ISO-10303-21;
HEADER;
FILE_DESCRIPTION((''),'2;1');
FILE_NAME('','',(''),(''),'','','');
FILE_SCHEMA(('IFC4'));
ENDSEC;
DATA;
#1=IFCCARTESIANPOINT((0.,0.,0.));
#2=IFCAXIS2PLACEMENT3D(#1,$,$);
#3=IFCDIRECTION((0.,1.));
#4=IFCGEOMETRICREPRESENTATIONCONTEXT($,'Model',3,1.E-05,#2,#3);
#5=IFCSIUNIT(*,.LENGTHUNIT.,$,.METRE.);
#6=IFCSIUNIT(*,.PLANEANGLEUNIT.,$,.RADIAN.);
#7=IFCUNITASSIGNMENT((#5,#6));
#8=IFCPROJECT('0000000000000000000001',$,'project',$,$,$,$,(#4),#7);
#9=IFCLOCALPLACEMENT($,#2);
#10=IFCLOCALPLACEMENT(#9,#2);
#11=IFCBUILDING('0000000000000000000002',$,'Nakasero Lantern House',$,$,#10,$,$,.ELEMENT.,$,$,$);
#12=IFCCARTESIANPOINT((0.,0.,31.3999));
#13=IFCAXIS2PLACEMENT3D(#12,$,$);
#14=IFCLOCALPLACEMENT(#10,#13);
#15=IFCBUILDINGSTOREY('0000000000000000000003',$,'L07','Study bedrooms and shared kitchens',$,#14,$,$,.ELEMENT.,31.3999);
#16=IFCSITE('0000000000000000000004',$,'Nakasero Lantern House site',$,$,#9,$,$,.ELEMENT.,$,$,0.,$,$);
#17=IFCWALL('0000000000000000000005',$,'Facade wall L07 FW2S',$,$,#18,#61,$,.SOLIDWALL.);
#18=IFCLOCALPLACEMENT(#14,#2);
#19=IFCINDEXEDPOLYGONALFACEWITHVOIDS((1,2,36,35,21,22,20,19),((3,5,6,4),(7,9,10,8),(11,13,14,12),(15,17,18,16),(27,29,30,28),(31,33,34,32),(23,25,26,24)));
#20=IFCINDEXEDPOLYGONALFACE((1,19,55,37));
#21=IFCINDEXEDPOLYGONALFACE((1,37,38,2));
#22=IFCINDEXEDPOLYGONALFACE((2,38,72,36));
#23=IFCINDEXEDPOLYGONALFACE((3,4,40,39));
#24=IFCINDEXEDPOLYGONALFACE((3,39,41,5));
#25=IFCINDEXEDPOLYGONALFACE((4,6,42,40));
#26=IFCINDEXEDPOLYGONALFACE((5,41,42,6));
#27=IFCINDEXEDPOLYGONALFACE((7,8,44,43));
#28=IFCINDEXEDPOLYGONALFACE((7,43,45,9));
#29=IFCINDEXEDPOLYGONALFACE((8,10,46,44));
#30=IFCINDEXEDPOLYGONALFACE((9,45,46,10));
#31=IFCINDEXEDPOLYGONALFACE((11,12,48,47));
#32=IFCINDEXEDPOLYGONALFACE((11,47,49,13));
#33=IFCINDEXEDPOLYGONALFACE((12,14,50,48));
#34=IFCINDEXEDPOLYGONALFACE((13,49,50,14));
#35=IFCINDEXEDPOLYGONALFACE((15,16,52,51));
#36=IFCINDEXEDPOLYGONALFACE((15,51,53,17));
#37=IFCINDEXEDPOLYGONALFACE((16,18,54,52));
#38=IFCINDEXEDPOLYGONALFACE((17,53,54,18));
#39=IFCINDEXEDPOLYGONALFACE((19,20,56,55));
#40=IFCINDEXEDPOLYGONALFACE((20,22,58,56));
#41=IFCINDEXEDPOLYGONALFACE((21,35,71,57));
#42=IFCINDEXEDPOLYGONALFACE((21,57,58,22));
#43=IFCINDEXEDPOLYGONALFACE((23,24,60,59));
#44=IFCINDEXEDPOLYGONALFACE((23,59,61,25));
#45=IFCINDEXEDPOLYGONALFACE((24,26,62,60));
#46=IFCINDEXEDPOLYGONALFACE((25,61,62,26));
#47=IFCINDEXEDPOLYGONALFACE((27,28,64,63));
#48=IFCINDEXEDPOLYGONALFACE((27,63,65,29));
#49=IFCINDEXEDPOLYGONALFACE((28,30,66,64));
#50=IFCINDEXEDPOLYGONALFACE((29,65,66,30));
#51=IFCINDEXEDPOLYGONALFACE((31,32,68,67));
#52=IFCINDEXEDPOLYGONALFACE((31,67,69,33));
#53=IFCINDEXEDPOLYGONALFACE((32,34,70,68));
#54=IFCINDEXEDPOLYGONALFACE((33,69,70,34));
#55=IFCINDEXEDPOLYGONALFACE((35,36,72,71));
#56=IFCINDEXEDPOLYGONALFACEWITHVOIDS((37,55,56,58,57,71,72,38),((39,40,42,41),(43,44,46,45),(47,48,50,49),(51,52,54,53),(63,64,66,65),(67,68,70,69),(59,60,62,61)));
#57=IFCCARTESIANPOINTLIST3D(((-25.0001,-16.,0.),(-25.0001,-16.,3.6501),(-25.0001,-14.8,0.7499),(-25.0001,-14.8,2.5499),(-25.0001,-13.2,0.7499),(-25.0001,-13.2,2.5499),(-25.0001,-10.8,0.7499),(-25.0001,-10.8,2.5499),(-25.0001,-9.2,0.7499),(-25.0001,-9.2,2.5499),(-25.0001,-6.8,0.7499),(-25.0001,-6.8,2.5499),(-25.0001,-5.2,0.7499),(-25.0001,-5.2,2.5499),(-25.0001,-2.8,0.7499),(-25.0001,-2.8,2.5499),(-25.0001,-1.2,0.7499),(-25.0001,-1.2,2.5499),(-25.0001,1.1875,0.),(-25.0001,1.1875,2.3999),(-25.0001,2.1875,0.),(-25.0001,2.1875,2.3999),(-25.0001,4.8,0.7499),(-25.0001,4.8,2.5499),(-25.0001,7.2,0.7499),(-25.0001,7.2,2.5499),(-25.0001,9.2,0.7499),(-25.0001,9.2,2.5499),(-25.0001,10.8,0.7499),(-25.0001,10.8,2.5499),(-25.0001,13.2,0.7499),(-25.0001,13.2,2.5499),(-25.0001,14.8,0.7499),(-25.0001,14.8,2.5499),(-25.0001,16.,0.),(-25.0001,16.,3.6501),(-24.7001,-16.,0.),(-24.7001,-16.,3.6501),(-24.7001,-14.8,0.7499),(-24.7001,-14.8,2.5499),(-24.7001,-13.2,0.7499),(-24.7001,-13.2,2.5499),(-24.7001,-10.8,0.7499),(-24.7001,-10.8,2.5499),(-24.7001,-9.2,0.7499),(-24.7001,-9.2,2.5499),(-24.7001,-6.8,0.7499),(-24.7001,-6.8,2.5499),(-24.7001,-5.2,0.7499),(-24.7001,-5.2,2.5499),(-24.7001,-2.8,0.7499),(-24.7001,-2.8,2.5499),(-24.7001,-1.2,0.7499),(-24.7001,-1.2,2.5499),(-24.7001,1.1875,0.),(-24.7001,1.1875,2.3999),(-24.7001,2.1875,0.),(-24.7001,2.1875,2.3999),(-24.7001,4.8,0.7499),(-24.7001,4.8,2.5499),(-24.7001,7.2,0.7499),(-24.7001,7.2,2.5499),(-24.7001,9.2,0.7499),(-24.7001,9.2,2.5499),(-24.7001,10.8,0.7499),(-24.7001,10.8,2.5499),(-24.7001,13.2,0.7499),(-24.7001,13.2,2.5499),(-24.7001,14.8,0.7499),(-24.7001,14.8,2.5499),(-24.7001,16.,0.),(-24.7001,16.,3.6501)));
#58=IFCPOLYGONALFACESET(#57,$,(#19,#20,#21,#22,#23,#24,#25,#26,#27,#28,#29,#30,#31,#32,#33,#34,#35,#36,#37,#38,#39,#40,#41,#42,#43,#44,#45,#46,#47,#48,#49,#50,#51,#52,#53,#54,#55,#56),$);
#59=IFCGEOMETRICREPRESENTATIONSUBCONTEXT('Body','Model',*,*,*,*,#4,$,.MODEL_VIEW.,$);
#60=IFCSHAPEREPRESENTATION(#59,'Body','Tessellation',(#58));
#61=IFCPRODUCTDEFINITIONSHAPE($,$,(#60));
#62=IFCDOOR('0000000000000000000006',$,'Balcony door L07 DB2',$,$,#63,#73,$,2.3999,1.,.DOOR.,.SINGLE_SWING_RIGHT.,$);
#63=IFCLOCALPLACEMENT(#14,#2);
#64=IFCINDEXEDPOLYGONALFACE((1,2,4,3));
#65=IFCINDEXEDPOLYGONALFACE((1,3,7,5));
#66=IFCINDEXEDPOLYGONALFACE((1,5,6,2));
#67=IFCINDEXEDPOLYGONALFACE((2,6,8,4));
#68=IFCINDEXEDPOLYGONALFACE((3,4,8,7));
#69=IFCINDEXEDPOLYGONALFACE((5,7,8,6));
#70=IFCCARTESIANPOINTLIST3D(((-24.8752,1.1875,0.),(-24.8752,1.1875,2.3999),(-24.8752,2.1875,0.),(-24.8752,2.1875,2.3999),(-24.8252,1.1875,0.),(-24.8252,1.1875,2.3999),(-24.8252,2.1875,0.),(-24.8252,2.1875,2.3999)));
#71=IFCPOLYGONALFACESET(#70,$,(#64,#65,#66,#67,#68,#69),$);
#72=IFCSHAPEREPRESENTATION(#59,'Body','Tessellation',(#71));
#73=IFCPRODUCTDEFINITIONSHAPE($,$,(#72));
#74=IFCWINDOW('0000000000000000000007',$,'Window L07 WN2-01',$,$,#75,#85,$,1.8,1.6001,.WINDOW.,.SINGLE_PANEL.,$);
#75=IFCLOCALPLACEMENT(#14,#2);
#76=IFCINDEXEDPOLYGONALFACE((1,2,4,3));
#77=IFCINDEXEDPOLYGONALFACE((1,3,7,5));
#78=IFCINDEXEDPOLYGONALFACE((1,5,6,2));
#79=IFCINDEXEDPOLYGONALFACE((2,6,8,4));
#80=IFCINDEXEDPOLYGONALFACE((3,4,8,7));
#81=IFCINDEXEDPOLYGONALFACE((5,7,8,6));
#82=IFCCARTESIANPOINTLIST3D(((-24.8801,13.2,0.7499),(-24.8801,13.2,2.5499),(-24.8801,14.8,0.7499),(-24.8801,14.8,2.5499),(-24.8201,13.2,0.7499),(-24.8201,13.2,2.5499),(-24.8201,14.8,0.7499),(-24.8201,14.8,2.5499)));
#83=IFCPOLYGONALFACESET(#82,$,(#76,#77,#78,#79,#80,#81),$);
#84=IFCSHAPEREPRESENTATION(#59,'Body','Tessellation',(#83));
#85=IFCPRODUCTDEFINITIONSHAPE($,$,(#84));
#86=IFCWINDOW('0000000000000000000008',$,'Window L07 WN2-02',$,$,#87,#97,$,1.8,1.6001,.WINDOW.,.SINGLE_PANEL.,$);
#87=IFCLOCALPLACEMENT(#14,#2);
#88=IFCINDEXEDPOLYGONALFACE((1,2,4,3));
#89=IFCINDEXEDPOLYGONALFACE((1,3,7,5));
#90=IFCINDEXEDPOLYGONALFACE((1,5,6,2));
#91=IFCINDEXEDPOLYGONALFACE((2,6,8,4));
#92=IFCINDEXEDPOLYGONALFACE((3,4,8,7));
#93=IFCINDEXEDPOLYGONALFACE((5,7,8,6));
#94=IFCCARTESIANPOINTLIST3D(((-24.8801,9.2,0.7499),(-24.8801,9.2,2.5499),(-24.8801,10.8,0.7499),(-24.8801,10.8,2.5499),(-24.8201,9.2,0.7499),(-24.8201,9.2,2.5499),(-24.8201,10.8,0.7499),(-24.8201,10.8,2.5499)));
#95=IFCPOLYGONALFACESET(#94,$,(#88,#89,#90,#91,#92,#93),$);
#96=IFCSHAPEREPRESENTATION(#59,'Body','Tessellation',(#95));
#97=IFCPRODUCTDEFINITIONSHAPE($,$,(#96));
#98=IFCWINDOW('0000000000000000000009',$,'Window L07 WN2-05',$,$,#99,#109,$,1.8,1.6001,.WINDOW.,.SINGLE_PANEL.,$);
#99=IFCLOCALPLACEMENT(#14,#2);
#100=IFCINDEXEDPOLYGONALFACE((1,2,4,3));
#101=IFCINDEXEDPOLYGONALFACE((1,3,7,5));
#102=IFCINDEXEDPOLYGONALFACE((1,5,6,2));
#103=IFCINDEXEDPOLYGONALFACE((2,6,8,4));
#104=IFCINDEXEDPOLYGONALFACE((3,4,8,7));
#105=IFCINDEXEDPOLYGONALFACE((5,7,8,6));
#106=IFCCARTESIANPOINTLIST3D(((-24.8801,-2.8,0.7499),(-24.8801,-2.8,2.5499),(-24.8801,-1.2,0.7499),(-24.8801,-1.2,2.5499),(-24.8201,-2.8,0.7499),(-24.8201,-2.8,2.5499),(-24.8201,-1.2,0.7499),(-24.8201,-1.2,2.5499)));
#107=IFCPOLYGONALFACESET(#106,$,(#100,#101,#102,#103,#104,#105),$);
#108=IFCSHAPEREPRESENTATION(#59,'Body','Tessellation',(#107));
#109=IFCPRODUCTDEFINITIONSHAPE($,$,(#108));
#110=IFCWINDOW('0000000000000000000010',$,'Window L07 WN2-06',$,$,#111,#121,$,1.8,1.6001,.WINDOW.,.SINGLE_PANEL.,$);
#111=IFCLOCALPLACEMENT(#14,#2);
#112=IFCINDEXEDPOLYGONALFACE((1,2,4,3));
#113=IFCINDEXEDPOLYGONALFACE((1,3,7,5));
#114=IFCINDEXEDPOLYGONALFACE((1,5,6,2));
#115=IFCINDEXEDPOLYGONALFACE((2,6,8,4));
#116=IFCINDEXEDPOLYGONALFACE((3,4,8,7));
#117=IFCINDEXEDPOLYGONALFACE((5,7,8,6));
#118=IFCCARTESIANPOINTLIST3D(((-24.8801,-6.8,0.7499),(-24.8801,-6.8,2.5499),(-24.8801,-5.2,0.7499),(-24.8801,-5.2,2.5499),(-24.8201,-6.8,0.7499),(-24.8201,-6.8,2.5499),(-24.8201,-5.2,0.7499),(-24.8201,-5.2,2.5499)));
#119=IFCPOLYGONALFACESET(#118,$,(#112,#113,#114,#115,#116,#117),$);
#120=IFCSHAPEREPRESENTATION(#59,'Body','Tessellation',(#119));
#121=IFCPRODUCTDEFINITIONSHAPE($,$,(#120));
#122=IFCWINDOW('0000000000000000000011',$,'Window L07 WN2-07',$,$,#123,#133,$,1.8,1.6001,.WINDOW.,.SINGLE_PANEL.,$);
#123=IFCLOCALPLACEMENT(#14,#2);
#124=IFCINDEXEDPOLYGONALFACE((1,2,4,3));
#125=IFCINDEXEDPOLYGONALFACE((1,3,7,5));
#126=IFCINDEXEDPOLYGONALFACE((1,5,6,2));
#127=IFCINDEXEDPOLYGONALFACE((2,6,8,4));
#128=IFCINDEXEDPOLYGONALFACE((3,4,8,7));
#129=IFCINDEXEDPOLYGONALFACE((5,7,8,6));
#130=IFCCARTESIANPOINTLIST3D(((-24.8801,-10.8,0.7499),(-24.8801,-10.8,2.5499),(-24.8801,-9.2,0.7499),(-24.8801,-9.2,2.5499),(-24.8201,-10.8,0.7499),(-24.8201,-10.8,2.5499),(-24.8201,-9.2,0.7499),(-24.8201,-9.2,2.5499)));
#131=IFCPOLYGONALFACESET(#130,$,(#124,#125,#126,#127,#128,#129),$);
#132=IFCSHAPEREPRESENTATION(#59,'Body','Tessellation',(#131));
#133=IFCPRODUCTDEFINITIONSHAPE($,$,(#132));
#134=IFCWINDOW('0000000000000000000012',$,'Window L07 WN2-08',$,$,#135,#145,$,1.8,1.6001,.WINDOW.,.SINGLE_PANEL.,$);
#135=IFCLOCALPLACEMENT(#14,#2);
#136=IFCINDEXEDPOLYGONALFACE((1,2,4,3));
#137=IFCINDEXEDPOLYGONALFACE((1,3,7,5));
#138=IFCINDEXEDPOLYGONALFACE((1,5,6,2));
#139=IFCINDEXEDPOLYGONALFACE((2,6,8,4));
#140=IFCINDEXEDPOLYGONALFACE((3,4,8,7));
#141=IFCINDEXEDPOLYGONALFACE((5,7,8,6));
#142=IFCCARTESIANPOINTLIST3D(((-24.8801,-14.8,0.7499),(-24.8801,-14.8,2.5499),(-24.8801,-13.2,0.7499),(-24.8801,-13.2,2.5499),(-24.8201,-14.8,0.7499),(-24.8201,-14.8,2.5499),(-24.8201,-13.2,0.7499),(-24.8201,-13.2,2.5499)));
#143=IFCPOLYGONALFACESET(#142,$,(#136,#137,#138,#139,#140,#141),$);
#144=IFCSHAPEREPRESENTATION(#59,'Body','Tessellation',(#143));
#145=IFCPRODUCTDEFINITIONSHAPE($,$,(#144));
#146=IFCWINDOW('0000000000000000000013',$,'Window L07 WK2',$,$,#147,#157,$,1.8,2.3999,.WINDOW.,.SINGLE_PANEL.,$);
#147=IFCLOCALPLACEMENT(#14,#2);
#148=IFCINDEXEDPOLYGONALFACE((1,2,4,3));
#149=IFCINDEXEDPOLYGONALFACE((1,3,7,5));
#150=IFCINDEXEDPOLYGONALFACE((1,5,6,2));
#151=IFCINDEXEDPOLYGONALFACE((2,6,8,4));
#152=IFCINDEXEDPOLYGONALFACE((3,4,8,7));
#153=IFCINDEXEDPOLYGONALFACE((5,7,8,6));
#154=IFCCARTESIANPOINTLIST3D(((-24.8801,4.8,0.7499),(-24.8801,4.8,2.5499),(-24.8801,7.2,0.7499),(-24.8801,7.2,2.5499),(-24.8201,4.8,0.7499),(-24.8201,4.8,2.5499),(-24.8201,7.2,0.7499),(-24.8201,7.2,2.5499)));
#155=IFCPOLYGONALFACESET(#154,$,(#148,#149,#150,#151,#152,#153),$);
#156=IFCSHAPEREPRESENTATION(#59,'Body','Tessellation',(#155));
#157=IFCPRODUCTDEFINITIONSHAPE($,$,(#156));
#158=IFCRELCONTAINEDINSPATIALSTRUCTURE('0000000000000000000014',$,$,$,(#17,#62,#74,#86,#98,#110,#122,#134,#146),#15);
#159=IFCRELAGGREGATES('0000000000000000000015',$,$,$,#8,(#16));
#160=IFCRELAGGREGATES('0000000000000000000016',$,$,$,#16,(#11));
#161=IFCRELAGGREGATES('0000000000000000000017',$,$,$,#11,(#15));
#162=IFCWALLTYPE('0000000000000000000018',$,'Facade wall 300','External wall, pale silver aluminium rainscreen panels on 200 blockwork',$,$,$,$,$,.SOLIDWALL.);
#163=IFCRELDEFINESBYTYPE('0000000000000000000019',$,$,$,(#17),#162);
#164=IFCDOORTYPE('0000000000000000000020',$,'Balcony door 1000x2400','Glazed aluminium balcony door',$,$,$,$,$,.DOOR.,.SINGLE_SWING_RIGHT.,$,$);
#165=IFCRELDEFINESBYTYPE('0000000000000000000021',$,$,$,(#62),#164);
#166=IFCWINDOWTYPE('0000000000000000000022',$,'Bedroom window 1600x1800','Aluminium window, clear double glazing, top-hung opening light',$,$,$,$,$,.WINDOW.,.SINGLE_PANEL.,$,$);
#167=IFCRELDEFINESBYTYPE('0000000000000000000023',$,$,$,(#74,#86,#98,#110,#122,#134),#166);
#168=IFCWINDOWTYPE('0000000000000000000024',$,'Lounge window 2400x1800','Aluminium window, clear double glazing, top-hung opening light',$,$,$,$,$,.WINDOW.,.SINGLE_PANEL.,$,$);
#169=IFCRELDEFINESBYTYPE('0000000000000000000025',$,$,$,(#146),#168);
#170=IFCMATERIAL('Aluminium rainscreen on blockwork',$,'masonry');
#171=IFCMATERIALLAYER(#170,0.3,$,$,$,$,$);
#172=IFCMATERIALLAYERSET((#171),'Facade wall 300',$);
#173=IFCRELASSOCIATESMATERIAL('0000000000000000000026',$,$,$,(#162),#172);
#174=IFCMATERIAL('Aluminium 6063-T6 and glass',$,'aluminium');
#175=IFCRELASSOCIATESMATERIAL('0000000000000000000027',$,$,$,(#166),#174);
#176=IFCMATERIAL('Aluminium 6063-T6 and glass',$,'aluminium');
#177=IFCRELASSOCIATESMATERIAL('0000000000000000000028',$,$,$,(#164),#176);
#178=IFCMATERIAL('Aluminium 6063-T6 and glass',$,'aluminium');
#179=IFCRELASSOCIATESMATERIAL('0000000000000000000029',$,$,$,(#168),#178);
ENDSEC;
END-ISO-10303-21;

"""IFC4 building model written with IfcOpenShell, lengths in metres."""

from ifc_helpers import new_model, si_unit, direction, frame, frame_2d, origin, place, context, subcontext, project, spatial, rectangle, extrude, material, layer, layer_set, type_object, element, fill, save


model = new_model("IFC4")

# Units and contexts
model_context = context("Model", 3, precision=1e-05, world=origin(), true_north=direction((0.0, 1.0)))
body_context = subcontext(model_context, "Body", "Model", "MODEL_VIEW")
ifc_project = project(units=[si_unit("LENGTHUNIT", "METRE"), si_unit("PLANEANGLEUNIT", "RADIAN")], contexts=[model_context])

# Site, building, storey
site_placement = place(None, origin())
site = spatial("IfcSite", under=ifc_project, at=site_placement, Name="Nakasero Lantern House site", CompositionType="ELEMENT", RefElevation=0.0)
building_placement = place(site_placement, origin())
building = spatial("IfcBuilding", under=site, at=building_placement, Name="Nakasero Lantern House", CompositionType="ELEMENT")
storey_placement = place(building_placement, frame((0.0, 0.0, 31.3999)))
storey = spatial("IfcBuildingStorey", under=building, at=storey_placement, Name="L07", Description="Study bedrooms and shared kitchens", CompositionType="ELEMENT", Elevation=31.3999)

# Shared definitions
ifc_material_1 = material(Name="Aluminium rainscreen on blockwork", Category="masonry")
ifc_layer_1 = layer(ifc_material_1, 0.3)
ifc_layer_set_1 = layer_set([ifc_layer_1], Name="Facade wall 300")
wall_type_1 = type_object("IfcWallType", Name="Facade wall 300", Description="External wall, pale silver aluminium rainscreen panels on 200 blockwork", PredefinedType="SOLIDWALL", material=ifc_layer_set_1)
ifc_material_2 = material(Name="Aluminium 6063-T6 and glass", Category="aluminium")
window_type_1 = type_object("IfcWindowType", Name="Bedroom window 1600x1800", Description="Aluminium window, clear double glazing, top-hung opening light", PartitioningType="SINGLE_PANEL", PredefinedType="WINDOW", material=ifc_material_2)

# Wall, openings, door, windows
wall_1_placement = place(storey_placement, frame((-24.8501, 16.0, 0.0), z_axis=(0.0, 0.0, 1.0), x_axis=(0.0, -1.0, 0.0)))
wall_1 = element("IfcWall", 1, at=wall_1_placement, inside=storey, type_object=wall_type_1, Name="Facade wall L07 FW2S", PredefinedType="SOLIDWALL", context=body_context, shape_type="SweptSolid", body=[
    extrude(rectangle(XDim=32.0, YDim=0.3, at=frame_2d((16.0, 0.0))), origin(), (0.0, 0.0, 1.0), 3.6501),
])
opening_1_placement = place(wall_1_placement, frame((1.2, 0.0, 0.75)))
opening_1 = element("IfcOpeningElement", 2, at=opening_1_placement, cuts=wall_1, PredefinedType="OPENING", context=body_context, shape_type="SweptSolid", body=[
    extrude(rectangle(XDim=1.6001, YDim=1.8, at=frame_2d((0.8, 0.8999))), frame((0.0, 0.1699, 0.0), z_axis=(0.0, -1.0, 0.0), x_axis=(1.0, 0.0, 0.0)), (0.0, 0.0, 1.0), 0.3401),
])
opening_2_placement = place(wall_1_placement, frame((5.2, 0.0, 0.75)))
opening_2 = element("IfcOpeningElement", 3, at=opening_2_placement, cuts=wall_1, PredefinedType="OPENING", context=body_context, shape_type="SweptSolid", body=[
    extrude(rectangle(XDim=1.6001, YDim=1.8, at=frame_2d((0.8, 0.8999))), frame((0.0, 0.1699, 0.0), z_axis=(0.0, -1.0, 0.0), x_axis=(1.0, 0.0, 0.0)), (0.0, 0.0, 1.0), 0.3401),
])
opening_3_placement = place(wall_1_placement, frame((17.2, 0.0, 0.75)))
opening_3 = element("IfcOpeningElement", 4, at=opening_3_placement, cuts=wall_1, PredefinedType="OPENING", context=body_context, shape_type="SweptSolid", body=[
    extrude(rectangle(XDim=1.6001, YDim=1.8, at=frame_2d((0.8, 0.8999))), frame((0.0, 0.1699, 0.0), z_axis=(0.0, -1.0, 0.0), x_axis=(1.0, 0.0, 0.0)), (0.0, 0.0, 1.0), 0.3401),
])
opening_4_placement = place(wall_1_placement, frame((21.2, 0.0, 0.75)))
opening_4 = element("IfcOpeningElement", 5, at=opening_4_placement, cuts=wall_1, PredefinedType="OPENING", context=body_context, shape_type="SweptSolid", body=[
    extrude(rectangle(XDim=1.6001, YDim=1.8, at=frame_2d((0.8, 0.8999))), frame((0.0, 0.1699, 0.0), z_axis=(0.0, -1.0, 0.0), x_axis=(1.0, 0.0, 0.0)), (0.0, 0.0, 1.0), 0.3401),
])
opening_5_placement = place(wall_1_placement, frame((25.2, 0.0, 0.75)))
opening_5 = element("IfcOpeningElement", 6, at=opening_5_placement, cuts=wall_1, PredefinedType="OPENING", context=body_context, shape_type="SweptSolid", body=[
    extrude(rectangle(XDim=1.6001, YDim=1.8, at=frame_2d((0.8, 0.8999))), frame((0.0, 0.1699, 0.0), z_axis=(0.0, -1.0, 0.0), x_axis=(1.0, 0.0, 0.0)), (0.0, 0.0, 1.0), 0.3401),
])
opening_6_placement = place(wall_1_placement, frame((29.2, 0.0, 0.75)))
opening_6 = element("IfcOpeningElement", 7, at=opening_6_placement, cuts=wall_1, PredefinedType="OPENING", context=body_context, shape_type="SweptSolid", body=[
    extrude(rectangle(XDim=1.6001, YDim=1.8, at=frame_2d((0.8, 0.8999))), frame((0.0, 0.1699, 0.0), z_axis=(0.0, -1.0, 0.0), x_axis=(1.0, 0.0, 0.0)), (0.0, 0.0, 1.0), 0.3401),
])
opening_7_placement = place(wall_1_placement, frame((8.8, 0.0, 0.75)))
opening_7 = element("IfcOpeningElement", 8, at=opening_7_placement, cuts=wall_1, PredefinedType="OPENING", context=body_context, shape_type="SweptSolid", body=[
    extrude(rectangle(XDim=2.3999, YDim=1.8, at=frame_2d((1.2, 0.8999))), frame((0.0, 0.1699, 0.0), z_axis=(0.0, -1.0, 0.0), x_axis=(1.0, 0.0, 0.0)), (0.0, 0.0, 1.0), 0.3401),
])
opening_8_placement = place(wall_1_placement, frame((13.8125, 0.0, 0.0)))
opening_8 = element("IfcOpeningElement", 9, at=opening_8_placement, cuts=wall_1, PredefinedType="OPENING", context=body_context, shape_type="SweptSolid", body=[
    extrude(rectangle(XDim=1.0, YDim=2.3999, at=frame_2d((0.5, 1.2))), frame((0.0, 0.1699, 0.0), z_axis=(0.0, -1.0, 0.0), x_axis=(1.0, 0.0, 0.0)), (0.0, 0.0, 1.0), 0.3401),
])
ifc_material_3 = material(Name="Aluminium 6063-T6 and glass", Category="aluminium")
door_type_1 = type_object("IfcDoorType", Name="Balcony door 1000x2400", Description="Glazed aluminium balcony door", OperationType="SINGLE_SWING_RIGHT", PredefinedType="DOOR", material=ifc_material_3)
door_1_placement = place(opening_8_placement, origin())
door_1 = element("IfcDoor", 10, at=door_1_placement, inside=storey, type_object=door_type_1, Name="Balcony door L07 DB2", OperationType="SINGLE_SWING_RIGHT", OverallHeight=2.3999, OverallWidth=1.0, PredefinedType="DOOR", context=body_context, shape_type="SweptSolid", body=[
    extrude(rectangle(XDim=1.0, YDim=2.3999, at=frame_2d((0.5, 1.2))), frame((0.0, 0.0249, 0.0), z_axis=(0.0, -1.0, 0.0), x_axis=(1.0, 0.0, 0.0)), (0.0, 0.0, 1.0), 0.05),
])
fill(opening_8, door_1)
window_1_placement = place(opening_1_placement, origin())
window_1 = element("IfcWindow", 11, at=window_1_placement, inside=storey, type_object=window_type_1, Name="Window L07 WN2-01", OverallHeight=1.8, OverallWidth=1.6001, PartitioningType="SINGLE_PANEL", PredefinedType="WINDOW", context=body_context, shape_type="SweptSolid", body=[
    extrude(rectangle(XDim=1.6001, YDim=1.8, at=frame_2d((0.8, 0.8999))), frame((0.0, 0.03, 0.0), z_axis=(0.0, -1.0, 0.0), x_axis=(1.0, 0.0, 0.0)), (0.0, 0.0, 1.0), 0.0601),
])
fill(opening_1, window_1)
window_2_placement = place(opening_2_placement, origin())
window_2 = element("IfcWindow", 12, at=window_2_placement, inside=storey, type_object=window_type_1, Name="Window L07 WN2-02", OverallHeight=1.8, OverallWidth=1.6001, PartitioningType="SINGLE_PANEL", PredefinedType="WINDOW", context=body_context, shape_type="SweptSolid", body=[
    extrude(rectangle(XDim=1.6001, YDim=1.8, at=frame_2d((0.8, 0.8999))), frame((0.0, 0.03, 0.0), z_axis=(0.0, -1.0, 0.0), x_axis=(1.0, 0.0, 0.0)), (0.0, 0.0, 1.0), 0.0601),
])
fill(opening_2, window_2)
window_3_placement = place(opening_3_placement, origin())
window_3 = element("IfcWindow", 13, at=window_3_placement, inside=storey, type_object=window_type_1, Name="Window L07 WN2-05", OverallHeight=1.8, OverallWidth=1.6001, PartitioningType="SINGLE_PANEL", PredefinedType="WINDOW", context=body_context, shape_type="SweptSolid", body=[
    extrude(rectangle(XDim=1.6001, YDim=1.8, at=frame_2d((0.8, 0.8999))), frame((0.0, 0.03, 0.0), z_axis=(0.0, -1.0, 0.0), x_axis=(1.0, 0.0, 0.0)), (0.0, 0.0, 1.0), 0.0601),
])
fill(opening_3, window_3)
window_4_placement = place(opening_4_placement, origin())
window_4 = element("IfcWindow", 14, at=window_4_placement, inside=storey, type_object=window_type_1, Name="Window L07 WN2-06", OverallHeight=1.8, OverallWidth=1.6001, PartitioningType="SINGLE_PANEL", PredefinedType="WINDOW", context=body_context, shape_type="SweptSolid", body=[
    extrude(rectangle(XDim=1.6001, YDim=1.8, at=frame_2d((0.8, 0.8999))), frame((0.0, 0.03, 0.0), z_axis=(0.0, -1.0, 0.0), x_axis=(1.0, 0.0, 0.0)), (0.0, 0.0, 1.0), 0.0601),
])
fill(opening_4, window_4)
window_5_placement = place(opening_5_placement, origin())
window_5 = element("IfcWindow", 15, at=window_5_placement, inside=storey, type_object=window_type_1, Name="Window L07 WN2-07", OverallHeight=1.8, OverallWidth=1.6001, PartitioningType="SINGLE_PANEL", PredefinedType="WINDOW", context=body_context, shape_type="SweptSolid", body=[
    extrude(rectangle(XDim=1.6001, YDim=1.8, at=frame_2d((0.8, 0.8999))), frame((0.0, 0.03, 0.0), z_axis=(0.0, -1.0, 0.0), x_axis=(1.0, 0.0, 0.0)), (0.0, 0.0, 1.0), 0.0601),
])
fill(opening_5, window_5)
window_6_placement = place(opening_6_placement, origin())
window_6 = element("IfcWindow", 16, at=window_6_placement, inside=storey, type_object=window_type_1, Name="Window L07 WN2-08", OverallHeight=1.8, OverallWidth=1.6001, PartitioningType="SINGLE_PANEL", PredefinedType="WINDOW", context=body_context, shape_type="SweptSolid", body=[
    extrude(rectangle(XDim=1.6001, YDim=1.8, at=frame_2d((0.8, 0.8999))), frame((0.0, 0.03, 0.0), z_axis=(0.0, -1.0, 0.0), x_axis=(1.0, 0.0, 0.0)), (0.0, 0.0, 1.0), 0.0601),
])
fill(opening_6, window_6)
ifc_material_4 = material(Name="Aluminium 6063-T6 and glass", Category="aluminium")
window_type_2 = type_object("IfcWindowType", Name="Lounge window 2400x1800", Description="Aluminium window, clear double glazing, top-hung opening light", PartitioningType="SINGLE_PANEL", PredefinedType="WINDOW", material=ifc_material_4)
window_7_placement = place(opening_7_placement, origin())
window_7 = element("IfcWindow", 17, at=window_7_placement, inside=storey, type_object=window_type_2, Name="Window L07 WK2", OverallHeight=1.8, OverallWidth=2.3999, PartitioningType="SINGLE_PANEL", PredefinedType="WINDOW", context=body_context, shape_type="SweptSolid", body=[
    extrude(rectangle(XDim=2.3999, YDim=1.8, at=frame_2d((1.2, 0.8999))), frame((0.0, 0.03, 0.0), z_axis=(0.0, -1.0, 0.0), x_axis=(1.0, 0.0, 0.0)), (0.0, 0.0, 1.0), 0.0601),
])
fill(opening_7, window_7)

save(model, "model.ifc")
